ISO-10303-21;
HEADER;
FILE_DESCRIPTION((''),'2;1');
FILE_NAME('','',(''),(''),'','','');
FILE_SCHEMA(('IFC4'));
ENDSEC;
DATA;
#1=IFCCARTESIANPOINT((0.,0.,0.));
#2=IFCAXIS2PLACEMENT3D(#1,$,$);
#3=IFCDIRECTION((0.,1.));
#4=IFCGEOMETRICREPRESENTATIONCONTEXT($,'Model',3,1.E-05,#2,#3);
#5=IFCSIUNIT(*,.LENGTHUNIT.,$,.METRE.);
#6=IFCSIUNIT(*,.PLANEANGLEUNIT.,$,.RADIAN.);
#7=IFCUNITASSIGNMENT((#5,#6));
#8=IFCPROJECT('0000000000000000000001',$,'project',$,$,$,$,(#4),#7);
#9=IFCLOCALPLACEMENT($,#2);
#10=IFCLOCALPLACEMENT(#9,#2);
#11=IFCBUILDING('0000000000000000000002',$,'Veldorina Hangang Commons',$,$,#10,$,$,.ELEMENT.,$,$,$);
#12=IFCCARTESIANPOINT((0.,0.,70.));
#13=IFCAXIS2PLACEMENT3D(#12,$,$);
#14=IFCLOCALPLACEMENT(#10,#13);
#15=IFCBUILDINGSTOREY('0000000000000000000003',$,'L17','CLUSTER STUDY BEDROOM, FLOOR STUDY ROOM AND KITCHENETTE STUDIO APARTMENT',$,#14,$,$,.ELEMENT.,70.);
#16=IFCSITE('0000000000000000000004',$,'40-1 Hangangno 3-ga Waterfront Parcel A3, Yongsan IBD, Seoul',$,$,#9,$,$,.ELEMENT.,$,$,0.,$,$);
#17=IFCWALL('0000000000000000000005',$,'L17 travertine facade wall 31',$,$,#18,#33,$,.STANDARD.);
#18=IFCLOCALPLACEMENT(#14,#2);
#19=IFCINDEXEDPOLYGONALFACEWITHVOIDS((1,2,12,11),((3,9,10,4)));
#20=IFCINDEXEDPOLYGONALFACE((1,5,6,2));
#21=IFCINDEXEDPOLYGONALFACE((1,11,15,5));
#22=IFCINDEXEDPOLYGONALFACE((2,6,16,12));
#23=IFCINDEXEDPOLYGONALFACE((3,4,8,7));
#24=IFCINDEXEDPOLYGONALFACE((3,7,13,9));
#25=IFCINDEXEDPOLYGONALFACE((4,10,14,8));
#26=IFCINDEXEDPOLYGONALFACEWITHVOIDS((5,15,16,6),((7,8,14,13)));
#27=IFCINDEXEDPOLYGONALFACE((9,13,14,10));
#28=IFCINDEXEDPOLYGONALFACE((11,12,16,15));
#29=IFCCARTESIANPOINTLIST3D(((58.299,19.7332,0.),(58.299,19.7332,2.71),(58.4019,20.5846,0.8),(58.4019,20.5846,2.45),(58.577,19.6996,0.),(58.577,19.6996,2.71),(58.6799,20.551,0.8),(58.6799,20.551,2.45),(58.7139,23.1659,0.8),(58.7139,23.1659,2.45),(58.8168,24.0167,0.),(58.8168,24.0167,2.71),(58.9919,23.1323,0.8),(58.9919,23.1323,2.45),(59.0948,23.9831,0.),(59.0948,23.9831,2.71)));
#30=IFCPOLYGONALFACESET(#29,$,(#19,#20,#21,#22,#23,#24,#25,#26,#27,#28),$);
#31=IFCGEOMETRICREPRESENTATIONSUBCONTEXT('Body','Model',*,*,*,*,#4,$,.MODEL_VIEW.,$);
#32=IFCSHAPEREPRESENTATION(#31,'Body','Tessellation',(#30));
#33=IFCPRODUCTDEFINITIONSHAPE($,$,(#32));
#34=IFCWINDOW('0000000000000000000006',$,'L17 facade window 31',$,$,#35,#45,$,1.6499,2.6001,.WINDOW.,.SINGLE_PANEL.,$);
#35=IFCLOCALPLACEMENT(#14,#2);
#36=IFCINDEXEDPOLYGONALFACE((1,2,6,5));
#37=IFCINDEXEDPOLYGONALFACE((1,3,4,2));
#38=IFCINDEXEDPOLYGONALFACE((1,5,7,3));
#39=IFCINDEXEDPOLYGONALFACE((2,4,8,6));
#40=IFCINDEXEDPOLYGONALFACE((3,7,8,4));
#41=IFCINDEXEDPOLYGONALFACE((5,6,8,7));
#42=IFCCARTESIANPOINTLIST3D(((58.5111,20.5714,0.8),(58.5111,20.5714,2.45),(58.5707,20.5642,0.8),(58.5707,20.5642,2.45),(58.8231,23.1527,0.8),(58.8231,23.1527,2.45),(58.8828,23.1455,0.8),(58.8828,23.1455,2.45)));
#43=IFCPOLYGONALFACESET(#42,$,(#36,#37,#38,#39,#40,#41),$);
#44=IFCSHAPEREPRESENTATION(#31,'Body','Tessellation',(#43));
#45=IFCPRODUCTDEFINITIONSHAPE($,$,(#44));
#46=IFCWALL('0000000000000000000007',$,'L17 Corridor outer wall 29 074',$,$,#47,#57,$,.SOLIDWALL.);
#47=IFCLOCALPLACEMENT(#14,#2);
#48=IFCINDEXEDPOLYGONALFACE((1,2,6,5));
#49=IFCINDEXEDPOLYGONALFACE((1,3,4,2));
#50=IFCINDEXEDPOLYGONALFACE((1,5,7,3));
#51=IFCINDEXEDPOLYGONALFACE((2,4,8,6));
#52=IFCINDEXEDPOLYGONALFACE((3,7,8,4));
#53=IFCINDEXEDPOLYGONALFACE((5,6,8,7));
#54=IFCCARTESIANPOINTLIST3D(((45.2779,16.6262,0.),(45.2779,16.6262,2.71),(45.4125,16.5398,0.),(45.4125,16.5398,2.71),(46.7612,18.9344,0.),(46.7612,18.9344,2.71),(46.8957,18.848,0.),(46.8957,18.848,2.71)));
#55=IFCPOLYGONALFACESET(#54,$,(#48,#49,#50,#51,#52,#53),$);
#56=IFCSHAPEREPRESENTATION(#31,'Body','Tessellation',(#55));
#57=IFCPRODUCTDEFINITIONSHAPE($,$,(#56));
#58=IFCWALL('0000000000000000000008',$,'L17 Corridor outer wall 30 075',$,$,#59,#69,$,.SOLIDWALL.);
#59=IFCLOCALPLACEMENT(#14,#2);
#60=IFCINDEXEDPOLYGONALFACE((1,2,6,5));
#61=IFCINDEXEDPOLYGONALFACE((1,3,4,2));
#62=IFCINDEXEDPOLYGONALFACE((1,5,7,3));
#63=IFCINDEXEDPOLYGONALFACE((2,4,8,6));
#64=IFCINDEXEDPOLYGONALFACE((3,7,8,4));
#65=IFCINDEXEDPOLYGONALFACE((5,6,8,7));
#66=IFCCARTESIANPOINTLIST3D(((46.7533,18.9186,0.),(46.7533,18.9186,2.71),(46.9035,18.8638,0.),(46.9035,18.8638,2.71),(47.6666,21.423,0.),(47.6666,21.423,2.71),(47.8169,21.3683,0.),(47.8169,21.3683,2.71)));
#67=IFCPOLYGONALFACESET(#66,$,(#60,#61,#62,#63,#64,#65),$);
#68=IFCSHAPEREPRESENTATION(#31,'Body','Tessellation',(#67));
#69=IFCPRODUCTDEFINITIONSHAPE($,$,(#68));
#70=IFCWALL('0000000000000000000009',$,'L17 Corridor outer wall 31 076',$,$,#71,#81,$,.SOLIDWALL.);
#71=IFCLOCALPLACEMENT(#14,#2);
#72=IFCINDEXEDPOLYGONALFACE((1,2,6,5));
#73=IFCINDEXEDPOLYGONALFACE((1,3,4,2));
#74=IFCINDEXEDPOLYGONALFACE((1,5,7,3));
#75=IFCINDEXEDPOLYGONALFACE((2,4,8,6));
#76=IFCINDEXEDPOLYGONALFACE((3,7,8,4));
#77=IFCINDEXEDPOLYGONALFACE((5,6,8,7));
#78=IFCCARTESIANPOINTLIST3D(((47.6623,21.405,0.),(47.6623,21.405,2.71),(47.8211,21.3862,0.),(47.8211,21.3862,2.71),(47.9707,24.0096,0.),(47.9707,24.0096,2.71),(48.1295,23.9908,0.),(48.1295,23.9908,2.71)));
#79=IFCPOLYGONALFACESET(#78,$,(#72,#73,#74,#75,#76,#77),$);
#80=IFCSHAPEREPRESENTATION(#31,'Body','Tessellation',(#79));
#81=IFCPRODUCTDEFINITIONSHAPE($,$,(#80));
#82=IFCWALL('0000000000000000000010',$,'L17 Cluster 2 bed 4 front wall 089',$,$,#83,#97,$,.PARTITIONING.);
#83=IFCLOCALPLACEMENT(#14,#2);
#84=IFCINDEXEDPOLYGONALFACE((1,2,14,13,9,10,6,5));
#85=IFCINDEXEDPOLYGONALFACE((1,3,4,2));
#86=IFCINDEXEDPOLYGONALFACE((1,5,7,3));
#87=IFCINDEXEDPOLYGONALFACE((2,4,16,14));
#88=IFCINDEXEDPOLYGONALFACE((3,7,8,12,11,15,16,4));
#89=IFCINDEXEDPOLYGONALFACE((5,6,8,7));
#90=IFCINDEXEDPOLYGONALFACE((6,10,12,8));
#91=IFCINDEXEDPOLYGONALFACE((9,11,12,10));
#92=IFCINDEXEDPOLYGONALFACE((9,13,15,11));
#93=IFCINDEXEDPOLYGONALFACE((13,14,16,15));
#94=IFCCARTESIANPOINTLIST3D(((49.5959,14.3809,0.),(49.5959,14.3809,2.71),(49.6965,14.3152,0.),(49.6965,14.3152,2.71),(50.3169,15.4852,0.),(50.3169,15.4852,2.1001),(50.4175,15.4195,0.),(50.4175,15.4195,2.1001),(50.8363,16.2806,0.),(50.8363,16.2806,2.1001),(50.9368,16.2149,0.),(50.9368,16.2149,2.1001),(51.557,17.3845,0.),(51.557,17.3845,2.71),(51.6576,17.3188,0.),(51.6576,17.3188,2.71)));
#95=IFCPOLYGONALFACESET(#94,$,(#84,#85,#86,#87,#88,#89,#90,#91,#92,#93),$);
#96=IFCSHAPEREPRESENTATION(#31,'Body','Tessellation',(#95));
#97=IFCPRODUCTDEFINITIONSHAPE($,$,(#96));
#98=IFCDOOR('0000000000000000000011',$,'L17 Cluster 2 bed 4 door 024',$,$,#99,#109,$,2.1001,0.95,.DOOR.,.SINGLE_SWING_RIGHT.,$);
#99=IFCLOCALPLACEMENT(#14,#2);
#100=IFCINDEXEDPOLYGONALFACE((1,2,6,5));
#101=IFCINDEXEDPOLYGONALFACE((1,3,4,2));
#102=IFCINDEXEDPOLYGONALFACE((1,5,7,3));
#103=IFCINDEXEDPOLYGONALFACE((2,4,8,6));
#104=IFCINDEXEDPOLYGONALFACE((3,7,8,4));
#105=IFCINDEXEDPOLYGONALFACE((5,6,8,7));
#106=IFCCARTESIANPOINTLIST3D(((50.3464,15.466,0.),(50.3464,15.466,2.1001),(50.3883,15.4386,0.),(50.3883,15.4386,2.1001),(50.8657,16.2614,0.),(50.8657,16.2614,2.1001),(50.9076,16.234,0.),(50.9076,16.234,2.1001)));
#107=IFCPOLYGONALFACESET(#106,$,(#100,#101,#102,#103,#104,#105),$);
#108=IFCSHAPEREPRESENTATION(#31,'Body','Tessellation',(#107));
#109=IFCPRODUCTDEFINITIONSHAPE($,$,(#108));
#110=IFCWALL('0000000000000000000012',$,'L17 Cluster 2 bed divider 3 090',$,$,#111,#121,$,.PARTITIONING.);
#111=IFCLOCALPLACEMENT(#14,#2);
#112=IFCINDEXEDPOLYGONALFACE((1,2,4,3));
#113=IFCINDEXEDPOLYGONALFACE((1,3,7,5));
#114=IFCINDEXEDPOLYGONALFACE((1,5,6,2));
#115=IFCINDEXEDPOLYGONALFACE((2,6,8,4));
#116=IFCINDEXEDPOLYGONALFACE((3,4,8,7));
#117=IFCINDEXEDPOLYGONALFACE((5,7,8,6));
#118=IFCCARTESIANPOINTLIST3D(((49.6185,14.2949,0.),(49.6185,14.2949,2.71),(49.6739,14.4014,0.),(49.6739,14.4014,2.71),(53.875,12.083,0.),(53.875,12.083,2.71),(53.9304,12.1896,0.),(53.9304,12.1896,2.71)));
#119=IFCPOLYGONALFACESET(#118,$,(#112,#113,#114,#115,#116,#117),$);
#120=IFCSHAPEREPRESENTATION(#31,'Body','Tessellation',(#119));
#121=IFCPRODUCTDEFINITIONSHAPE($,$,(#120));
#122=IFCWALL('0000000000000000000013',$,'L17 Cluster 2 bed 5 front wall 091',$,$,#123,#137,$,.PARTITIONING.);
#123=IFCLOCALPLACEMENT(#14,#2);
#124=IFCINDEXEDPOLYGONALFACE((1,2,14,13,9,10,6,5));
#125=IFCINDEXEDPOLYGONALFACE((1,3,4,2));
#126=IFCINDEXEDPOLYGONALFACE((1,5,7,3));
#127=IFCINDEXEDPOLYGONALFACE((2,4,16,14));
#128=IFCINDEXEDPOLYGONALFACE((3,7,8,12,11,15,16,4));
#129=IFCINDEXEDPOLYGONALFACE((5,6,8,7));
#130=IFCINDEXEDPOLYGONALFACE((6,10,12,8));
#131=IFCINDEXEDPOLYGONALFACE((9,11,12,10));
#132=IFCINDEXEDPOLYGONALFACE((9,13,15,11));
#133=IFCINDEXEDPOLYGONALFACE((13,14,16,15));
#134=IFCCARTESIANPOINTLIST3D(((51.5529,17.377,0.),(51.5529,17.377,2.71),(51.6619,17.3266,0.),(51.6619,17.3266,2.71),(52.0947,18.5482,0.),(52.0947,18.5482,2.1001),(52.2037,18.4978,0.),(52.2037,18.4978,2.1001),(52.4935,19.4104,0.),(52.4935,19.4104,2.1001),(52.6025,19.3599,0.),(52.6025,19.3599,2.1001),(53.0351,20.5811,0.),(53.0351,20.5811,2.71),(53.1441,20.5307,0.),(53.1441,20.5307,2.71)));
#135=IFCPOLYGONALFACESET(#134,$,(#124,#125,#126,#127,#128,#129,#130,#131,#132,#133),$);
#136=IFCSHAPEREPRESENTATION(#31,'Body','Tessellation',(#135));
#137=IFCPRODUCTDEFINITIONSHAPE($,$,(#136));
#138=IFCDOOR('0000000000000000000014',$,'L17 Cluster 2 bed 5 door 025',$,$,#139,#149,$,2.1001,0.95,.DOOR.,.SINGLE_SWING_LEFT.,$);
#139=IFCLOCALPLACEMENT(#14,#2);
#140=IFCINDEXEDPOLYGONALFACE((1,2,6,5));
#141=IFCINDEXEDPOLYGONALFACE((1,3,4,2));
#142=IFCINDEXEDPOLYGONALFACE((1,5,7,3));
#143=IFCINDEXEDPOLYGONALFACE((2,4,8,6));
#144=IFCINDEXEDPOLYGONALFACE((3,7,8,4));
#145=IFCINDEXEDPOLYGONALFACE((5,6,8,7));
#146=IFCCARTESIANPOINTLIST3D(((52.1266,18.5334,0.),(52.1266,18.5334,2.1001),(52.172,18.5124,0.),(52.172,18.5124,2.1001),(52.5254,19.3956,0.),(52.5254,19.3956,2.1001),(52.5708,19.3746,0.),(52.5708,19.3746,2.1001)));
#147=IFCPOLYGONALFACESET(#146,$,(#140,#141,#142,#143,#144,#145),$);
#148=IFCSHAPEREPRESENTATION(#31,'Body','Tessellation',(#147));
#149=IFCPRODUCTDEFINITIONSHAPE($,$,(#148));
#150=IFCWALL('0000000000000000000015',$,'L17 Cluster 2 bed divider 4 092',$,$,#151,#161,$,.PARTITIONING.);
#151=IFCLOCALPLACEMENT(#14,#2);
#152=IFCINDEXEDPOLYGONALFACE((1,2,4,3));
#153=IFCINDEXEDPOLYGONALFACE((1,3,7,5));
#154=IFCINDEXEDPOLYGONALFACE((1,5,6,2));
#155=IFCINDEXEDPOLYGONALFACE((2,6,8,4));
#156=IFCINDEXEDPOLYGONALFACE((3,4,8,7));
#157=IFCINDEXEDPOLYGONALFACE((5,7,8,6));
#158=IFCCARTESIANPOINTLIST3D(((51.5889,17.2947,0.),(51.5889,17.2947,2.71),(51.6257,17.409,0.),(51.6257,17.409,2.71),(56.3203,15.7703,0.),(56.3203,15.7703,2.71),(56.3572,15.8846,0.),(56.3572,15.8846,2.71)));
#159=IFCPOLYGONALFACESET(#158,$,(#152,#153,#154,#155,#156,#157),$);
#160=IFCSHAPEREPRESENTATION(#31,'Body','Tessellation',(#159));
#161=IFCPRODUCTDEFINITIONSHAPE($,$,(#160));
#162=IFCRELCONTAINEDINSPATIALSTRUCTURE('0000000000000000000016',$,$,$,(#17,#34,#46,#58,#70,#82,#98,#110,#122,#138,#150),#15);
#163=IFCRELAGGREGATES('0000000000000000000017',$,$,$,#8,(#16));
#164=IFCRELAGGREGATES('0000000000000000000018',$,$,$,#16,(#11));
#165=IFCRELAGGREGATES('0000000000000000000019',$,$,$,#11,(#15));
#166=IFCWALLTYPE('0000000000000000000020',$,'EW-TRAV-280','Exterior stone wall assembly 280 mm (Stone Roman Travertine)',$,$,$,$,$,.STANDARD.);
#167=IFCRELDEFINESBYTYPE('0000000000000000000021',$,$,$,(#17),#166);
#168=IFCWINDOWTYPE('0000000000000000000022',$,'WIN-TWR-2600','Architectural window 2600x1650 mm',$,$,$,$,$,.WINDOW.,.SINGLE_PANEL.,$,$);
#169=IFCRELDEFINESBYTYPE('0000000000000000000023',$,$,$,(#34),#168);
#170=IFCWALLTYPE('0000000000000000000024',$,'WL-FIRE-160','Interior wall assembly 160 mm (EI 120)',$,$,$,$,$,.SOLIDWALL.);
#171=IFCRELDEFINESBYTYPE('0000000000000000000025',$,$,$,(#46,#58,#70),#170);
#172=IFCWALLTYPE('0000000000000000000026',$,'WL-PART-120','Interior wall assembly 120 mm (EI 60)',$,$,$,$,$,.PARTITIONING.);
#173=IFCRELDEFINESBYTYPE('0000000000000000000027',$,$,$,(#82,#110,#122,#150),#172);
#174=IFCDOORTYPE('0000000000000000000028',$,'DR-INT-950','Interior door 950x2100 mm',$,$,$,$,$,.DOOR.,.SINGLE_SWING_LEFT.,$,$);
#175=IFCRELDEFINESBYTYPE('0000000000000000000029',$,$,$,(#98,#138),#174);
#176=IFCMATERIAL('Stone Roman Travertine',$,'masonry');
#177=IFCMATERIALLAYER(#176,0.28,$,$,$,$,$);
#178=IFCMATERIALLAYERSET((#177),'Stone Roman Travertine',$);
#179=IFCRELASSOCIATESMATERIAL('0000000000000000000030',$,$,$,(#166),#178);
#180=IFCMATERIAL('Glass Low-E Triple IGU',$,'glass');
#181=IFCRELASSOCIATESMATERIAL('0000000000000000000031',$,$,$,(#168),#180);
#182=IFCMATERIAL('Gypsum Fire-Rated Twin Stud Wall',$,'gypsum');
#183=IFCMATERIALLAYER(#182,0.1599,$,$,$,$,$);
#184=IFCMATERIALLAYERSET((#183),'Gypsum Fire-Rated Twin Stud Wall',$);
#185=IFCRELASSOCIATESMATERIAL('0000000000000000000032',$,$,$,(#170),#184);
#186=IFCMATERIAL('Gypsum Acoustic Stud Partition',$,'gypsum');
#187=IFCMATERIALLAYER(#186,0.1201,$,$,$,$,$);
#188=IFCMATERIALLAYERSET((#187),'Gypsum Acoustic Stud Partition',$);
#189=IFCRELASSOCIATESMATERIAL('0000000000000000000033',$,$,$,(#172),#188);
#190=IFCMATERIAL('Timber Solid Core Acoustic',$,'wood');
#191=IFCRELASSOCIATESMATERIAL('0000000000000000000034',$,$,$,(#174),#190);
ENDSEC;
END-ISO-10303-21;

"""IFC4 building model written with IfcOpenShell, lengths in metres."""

from ifc_helpers import new_model, si_unit, direction, frame, frame_2d, origin, place, context, subcontext, project, spatial, rectangle, extrude, material, layer, layer_set, type_object, element, fill, save


model = new_model("IFC4")

# Units and contexts
model_context = context("Model", 3, precision=1e-05, world=origin(), true_north=direction((0.0, 1.0)))
body_context = subcontext(model_context, "Body", "Model", "MODEL_VIEW")
ifc_project = project(units=[si_unit("LENGTHUNIT", "METRE"), si_unit("PLANEANGLEUNIT", "RADIAN")], contexts=[model_context])

# Site, building, storey
site_placement = place(None, origin())
site = spatial("IfcSite", under=ifc_project, at=site_placement, Name="40-1 Hangangno 3-ga Waterfront Parcel A3, Yongsan IBD, Seoul", CompositionType="ELEMENT", RefElevation=0.0)
building_placement = place(site_placement, origin())
building = spatial("IfcBuilding", under=site, at=building_placement, Name="Veldorina Hangang Commons", CompositionType="ELEMENT")
storey_placement = place(building_placement, frame((0.0, 0.0, 70.0)))
storey = spatial("IfcBuildingStorey", under=building, at=storey_placement, Name="L17", Description="CLUSTER STUDY BEDROOM, FLOOR STUDY ROOM AND KITCHENETTE STUDIO APARTMENT", CompositionType="ELEMENT", Elevation=70.0)

# Shared definitions
ifc_material_1 = material(Name="Glass Low-E Triple IGU", Category="glass")

# Wall, opening, window
ifc_material_2 = material(Name="Stone Roman Travertine", Category="masonry")
ifc_layer_1 = layer(ifc_material_2, 0.28)
ifc_layer_set_1 = layer_set([ifc_layer_1], Name="Stone Roman Travertine")
wall_type_1 = type_object("IfcWallType", Name="EW-TRAV-280", Description="Exterior stone wall assembly 280 mm (Stone Roman Travertine)", PredefinedType="STANDARD", material=ifc_layer_set_1)
wall_1_placement = place(storey_placement, frame((58.438, 19.7166, 0.0), z_axis=(0.0, 0.0, 1.0), x_axis=(0.120015, 0.992772, 0.0)))
wall_1 = element("IfcWall", 1, at=wall_1_placement, inside=storey, type_object=wall_type_1, Name="L17 travertine facade wall 31", PredefinedType="STANDARD", context=body_context, shape_type="SweptSolid", body=[
    extrude(rectangle(XDim=4.3147, YDim=0.28, at=frame_2d((2.1572, 0.0))), origin(), (0.0, 0.0, 1.0), 2.71),
])
opening_1_placement = place(wall_1_placement, frame((0.8574, 0.0, 0.8)))
opening_1 = element("IfcOpeningElement", 2, at=opening_1_placement, cuts=wall_1, PredefinedType="OPENING", context=body_context, shape_type="SweptSolid", body=[
    extrude(rectangle(XDim=2.6001, YDim=1.6499, at=frame_2d((1.3, 0.825))), frame((0.0, 0.1499, 0.0), z_axis=(0.0, -1.0, 0.0), x_axis=(1.0, 0.0, 0.0)), (0.0, 0.0, 1.0), 0.3),
])
window_type_1 = type_object("IfcWindowType", Name="WIN-TWR-2600", Description="Architectural window 2600x1650 mm", PartitioningType="SINGLE_PANEL", PredefinedType="WINDOW", material=ifc_material_1)
window_1_placement = place(opening_1_placement, origin())
window_1 = element("IfcWindow", 3, at=window_1_placement, inside=storey, type_object=window_type_1, Name="L17 facade window 31", OverallHeight=1.6499, OverallWidth=2.6001, PartitioningType="SINGLE_PANEL", PredefinedType="WINDOW", context=body_context, shape_type="SweptSolid", body=[
    extrude(rectangle(XDim=2.6001, YDim=1.6499, at=frame_2d((1.3, 0.825))), frame((0.0, 0.03, 0.0), z_axis=(0.0, -1.0, 0.0), x_axis=(1.0, 0.0, 0.0)), (0.0, 0.0, 1.0), 0.0601),
])
fill(opening_1, window_1)

# Walls
ifc_material_3 = material(Name="Gypsum Fire-Rated Twin Stud Wall", Category="gypsum")
ifc_layer_2 = layer(ifc_material_3, 0.1599)
ifc_layer_set_2 = layer_set([ifc_layer_2], Name="Gypsum Fire-Rated Twin Stud Wall")
wall_type_2 = type_object("IfcWallType", Name="WL-FIRE-160", Description="Interior wall assembly 160 mm (EI 120)", PredefinedType="SOLIDWALL", material=ifc_layer_set_2)
wall_2_placement = place(storey_placement, frame((45.3452, 16.583, 0.0), z_axis=(0.0, 0.0, 1.0), x_axis=(0.540596, 0.841283, 0.0)))
element("IfcWall", 4, at=wall_2_placement, inside=storey, type_object=wall_type_2, Name="L17 Corridor outer wall 29 074", PredefinedType="SOLIDWALL", context=body_context, shape_type="SweptSolid", body=[
    extrude(rectangle(XDim=2.7437, YDim=0.1599, at=frame_2d((1.3718, 0.0))), origin(), (0.0, 0.0, 1.0), 2.71),
])
wall_3_placement = place(storey_placement, frame((46.8284, 18.8911, 0.0), z_axis=(0.0, 0.0, 1.0), x_axis=(0.342618, 0.939475, 0.0)))
element("IfcWall", 5, at=wall_3_placement, inside=storey, type_object=wall_type_2, Name="L17 Corridor outer wall 30 075", PredefinedType="SOLIDWALL", context=body_context, shape_type="SweptSolid", body=[
    extrude(rectangle(XDim=2.6658, YDim=0.1599, at=frame_2d((1.333, 0.0))), origin(), (0.0, 0.0, 1.0), 2.71),
])
wall_4_placement = place(storey_placement, frame((47.7417, 21.3955, 0.0), z_axis=(0.0, 0.0, 1.0), x_axis=(0.11757, 0.993065, 0.0)))
element("IfcWall", 6, at=wall_4_placement, inside=storey, type_object=wall_type_2, Name="L17 Corridor outer wall 31 076", PredefinedType="SOLIDWALL", context=body_context, shape_type="SweptSolid", body=[
    extrude(rectangle(XDim=2.6228, YDim=0.1599, at=frame_2d((1.3115, 0.0))), origin(), (0.0, 0.0, 1.0), 2.71),
])

# Wall, opening, door
ifc_material_4 = material(Name="Gypsum Acoustic Stud Partition", Category="gypsum")
ifc_layer_3 = layer(ifc_material_4, 0.1201)
ifc_layer_set_3 = layer_set([ifc_layer_3], Name="Gypsum Acoustic Stud Partition")
wall_type_3 = type_object("IfcWallType", Name="WL-PART-120", Description="Interior wall assembly 120 mm (EI 60)", PredefinedType="PARTITIONING", material=ifc_layer_set_3)
wall_5_placement = place(storey_placement, frame((49.6462, 14.3481, 0.0), z_axis=(0.0, 0.0, 1.0), x_axis=(0.546712, 0.837321, 0.0)))
wall_5 = element("IfcWall", 7, at=wall_5_placement, inside=storey, type_object=wall_type_3, Name="L17 Cluster 2 bed 4 front wall 089", PredefinedType="PARTITIONING", context=body_context, shape_type="SweptSolid", body=[
    extrude(rectangle(XDim=3.5872, YDim=0.1201, at=frame_2d((1.7935, 0.0))), origin(), (0.0, 0.0, 1.0), 2.71),
])
opening_2_placement = place(wall_5_placement, frame((1.3186, 0.0, 0.0)))
opening_2 = element("IfcOpeningElement", 8, at=opening_2_placement, cuts=wall_5, PredefinedType="OPENING", context=body_context, shape_type="SweptSolid", body=[
    extrude(rectangle(XDim=0.95, YDim=2.1001, at=frame_2d((0.4751, 1.05))), frame((0.0, 0.0701, 0.0), z_axis=(0.0, -1.0, 0.0), x_axis=(1.0, 0.0, 0.0)), (0.0, 0.0, 1.0), 0.1401),
])
ifc_material_5 = material(Name="Timber Solid Core Acoustic", Category="wood")
door_type = type_object("IfcDoorType", Name="DR-INT-950", Description="Interior door 950x2100 mm", OperationType="SINGLE_SWING_LEFT", PredefinedType="DOOR", material=ifc_material_5)
door_1_placement = place(opening_2_placement, origin())
door_1 = element("IfcDoor", 9, at=door_1_placement, inside=storey, type_object=door_type, Name="L17 Cluster 2 bed 4 door 024", OperationType="SINGLE_SWING_RIGHT", OverallHeight=2.1001, OverallWidth=0.95, PredefinedType="DOOR", context=body_context, shape_type="SweptSolid", body=[
    extrude(rectangle(XDim=0.95, YDim=2.1001, at=frame_2d((0.4751, 1.05))), frame((0.0, 0.0249, 0.0), z_axis=(0.0, -1.0, 0.0), x_axis=(1.0, 0.0, 0.0)), (0.0, 0.0, 1.0), 0.05),
])
fill(opening_2, door_1)

# Wall
wall_6_placement = place(storey_placement, frame((49.6462, 14.3481, 0.0), z_axis=(0.0, 0.0, 1.0), x_axis=(0.887346, -0.461104, 0.0)))
element("IfcWall", 10, at=wall_6_placement, inside=storey, type_object=wall_type_3, Name="L17 Cluster 2 bed divider 3 090", PredefinedType="PARTITIONING", context=body_context, shape_type="SweptSolid", body=[
    extrude(rectangle(XDim=4.7969, YDim=0.1201, at=frame_2d((2.3984, 0.0))), origin(), (0.0, 0.0, 1.0), 2.71),
])

# Wall, opening, door
wall_7_placement = place(storey_placement, frame((51.6074, 17.3518, 0.0), z_axis=(0.0, 0.0, 1.0), x_axis=(0.419843, 0.907597, 0.0)))
wall_7 = element("IfcWall", 11, at=wall_7_placement, inside=storey, type_object=wall_type_3, Name="L17 Cluster 2 bed 5 front wall 091", PredefinedType="PARTITIONING", context=body_context, shape_type="SweptSolid", body=[
    extrude(rectangle(XDim=3.5303, YDim=0.1201, at=frame_2d((1.7651, 0.0))), origin(), (0.0, 0.0, 1.0), 2.71),
])
opening_3_placement = place(wall_7_placement, frame((1.2903, 0.0, 0.0)))
opening_3 = element("IfcOpeningElement", 12, at=opening_3_placement, cuts=wall_7, PredefinedType="OPENING", context=body_context, shape_type="SweptSolid", body=[
    extrude(rectangle(XDim=0.95, YDim=2.1001, at=frame_2d((0.4751, 1.05))), frame((0.0, 0.0701, 0.0), z_axis=(0.0, -1.0, 0.0), x_axis=(1.0, 0.0, 0.0)), (0.0, 0.0, 1.0), 0.1401),
])
door_2_placement = place(opening_3_placement, origin())
door_2 = element("IfcDoor", 13, at=door_2_placement, inside=storey, type_object=door_type, Name="L17 Cluster 2 bed 5 door 025", OperationType="SINGLE_SWING_LEFT", OverallHeight=2.1001, OverallWidth=0.95, PredefinedType="DOOR", context=body_context, shape_type="SweptSolid", body=[
    extrude(rectangle(XDim=0.95, YDim=2.1001, at=frame_2d((0.4751, 1.05))), frame((0.0, 0.0249, 0.0), z_axis=(0.0, -1.0, 0.0), x_axis=(1.0, 0.0, 0.0)), (0.0, 0.0, 1.0), 0.05),
])
fill(opening_3, door_2)

# Wall
wall_8_placement = place(storey_placement, frame((51.6074, 17.3518, 0.0), z_axis=(0.0, 0.0, 1.0), x_axis=(0.951818, -0.306664, 0.0)))
element("IfcWall", 14, at=wall_8_placement, inside=storey, type_object=wall_type_3, Name="L17 Cluster 2 bed divider 4 092", PredefinedType="PARTITIONING", context=body_context, shape_type="SweptSolid", body=[
    extrude(rectangle(XDim=4.9709, YDim=0.1201, at=frame_2d((2.4854, 0.0))), origin(), (0.0, 0.0, 1.0), 2.71),
])

save(model, "model.ifc")
